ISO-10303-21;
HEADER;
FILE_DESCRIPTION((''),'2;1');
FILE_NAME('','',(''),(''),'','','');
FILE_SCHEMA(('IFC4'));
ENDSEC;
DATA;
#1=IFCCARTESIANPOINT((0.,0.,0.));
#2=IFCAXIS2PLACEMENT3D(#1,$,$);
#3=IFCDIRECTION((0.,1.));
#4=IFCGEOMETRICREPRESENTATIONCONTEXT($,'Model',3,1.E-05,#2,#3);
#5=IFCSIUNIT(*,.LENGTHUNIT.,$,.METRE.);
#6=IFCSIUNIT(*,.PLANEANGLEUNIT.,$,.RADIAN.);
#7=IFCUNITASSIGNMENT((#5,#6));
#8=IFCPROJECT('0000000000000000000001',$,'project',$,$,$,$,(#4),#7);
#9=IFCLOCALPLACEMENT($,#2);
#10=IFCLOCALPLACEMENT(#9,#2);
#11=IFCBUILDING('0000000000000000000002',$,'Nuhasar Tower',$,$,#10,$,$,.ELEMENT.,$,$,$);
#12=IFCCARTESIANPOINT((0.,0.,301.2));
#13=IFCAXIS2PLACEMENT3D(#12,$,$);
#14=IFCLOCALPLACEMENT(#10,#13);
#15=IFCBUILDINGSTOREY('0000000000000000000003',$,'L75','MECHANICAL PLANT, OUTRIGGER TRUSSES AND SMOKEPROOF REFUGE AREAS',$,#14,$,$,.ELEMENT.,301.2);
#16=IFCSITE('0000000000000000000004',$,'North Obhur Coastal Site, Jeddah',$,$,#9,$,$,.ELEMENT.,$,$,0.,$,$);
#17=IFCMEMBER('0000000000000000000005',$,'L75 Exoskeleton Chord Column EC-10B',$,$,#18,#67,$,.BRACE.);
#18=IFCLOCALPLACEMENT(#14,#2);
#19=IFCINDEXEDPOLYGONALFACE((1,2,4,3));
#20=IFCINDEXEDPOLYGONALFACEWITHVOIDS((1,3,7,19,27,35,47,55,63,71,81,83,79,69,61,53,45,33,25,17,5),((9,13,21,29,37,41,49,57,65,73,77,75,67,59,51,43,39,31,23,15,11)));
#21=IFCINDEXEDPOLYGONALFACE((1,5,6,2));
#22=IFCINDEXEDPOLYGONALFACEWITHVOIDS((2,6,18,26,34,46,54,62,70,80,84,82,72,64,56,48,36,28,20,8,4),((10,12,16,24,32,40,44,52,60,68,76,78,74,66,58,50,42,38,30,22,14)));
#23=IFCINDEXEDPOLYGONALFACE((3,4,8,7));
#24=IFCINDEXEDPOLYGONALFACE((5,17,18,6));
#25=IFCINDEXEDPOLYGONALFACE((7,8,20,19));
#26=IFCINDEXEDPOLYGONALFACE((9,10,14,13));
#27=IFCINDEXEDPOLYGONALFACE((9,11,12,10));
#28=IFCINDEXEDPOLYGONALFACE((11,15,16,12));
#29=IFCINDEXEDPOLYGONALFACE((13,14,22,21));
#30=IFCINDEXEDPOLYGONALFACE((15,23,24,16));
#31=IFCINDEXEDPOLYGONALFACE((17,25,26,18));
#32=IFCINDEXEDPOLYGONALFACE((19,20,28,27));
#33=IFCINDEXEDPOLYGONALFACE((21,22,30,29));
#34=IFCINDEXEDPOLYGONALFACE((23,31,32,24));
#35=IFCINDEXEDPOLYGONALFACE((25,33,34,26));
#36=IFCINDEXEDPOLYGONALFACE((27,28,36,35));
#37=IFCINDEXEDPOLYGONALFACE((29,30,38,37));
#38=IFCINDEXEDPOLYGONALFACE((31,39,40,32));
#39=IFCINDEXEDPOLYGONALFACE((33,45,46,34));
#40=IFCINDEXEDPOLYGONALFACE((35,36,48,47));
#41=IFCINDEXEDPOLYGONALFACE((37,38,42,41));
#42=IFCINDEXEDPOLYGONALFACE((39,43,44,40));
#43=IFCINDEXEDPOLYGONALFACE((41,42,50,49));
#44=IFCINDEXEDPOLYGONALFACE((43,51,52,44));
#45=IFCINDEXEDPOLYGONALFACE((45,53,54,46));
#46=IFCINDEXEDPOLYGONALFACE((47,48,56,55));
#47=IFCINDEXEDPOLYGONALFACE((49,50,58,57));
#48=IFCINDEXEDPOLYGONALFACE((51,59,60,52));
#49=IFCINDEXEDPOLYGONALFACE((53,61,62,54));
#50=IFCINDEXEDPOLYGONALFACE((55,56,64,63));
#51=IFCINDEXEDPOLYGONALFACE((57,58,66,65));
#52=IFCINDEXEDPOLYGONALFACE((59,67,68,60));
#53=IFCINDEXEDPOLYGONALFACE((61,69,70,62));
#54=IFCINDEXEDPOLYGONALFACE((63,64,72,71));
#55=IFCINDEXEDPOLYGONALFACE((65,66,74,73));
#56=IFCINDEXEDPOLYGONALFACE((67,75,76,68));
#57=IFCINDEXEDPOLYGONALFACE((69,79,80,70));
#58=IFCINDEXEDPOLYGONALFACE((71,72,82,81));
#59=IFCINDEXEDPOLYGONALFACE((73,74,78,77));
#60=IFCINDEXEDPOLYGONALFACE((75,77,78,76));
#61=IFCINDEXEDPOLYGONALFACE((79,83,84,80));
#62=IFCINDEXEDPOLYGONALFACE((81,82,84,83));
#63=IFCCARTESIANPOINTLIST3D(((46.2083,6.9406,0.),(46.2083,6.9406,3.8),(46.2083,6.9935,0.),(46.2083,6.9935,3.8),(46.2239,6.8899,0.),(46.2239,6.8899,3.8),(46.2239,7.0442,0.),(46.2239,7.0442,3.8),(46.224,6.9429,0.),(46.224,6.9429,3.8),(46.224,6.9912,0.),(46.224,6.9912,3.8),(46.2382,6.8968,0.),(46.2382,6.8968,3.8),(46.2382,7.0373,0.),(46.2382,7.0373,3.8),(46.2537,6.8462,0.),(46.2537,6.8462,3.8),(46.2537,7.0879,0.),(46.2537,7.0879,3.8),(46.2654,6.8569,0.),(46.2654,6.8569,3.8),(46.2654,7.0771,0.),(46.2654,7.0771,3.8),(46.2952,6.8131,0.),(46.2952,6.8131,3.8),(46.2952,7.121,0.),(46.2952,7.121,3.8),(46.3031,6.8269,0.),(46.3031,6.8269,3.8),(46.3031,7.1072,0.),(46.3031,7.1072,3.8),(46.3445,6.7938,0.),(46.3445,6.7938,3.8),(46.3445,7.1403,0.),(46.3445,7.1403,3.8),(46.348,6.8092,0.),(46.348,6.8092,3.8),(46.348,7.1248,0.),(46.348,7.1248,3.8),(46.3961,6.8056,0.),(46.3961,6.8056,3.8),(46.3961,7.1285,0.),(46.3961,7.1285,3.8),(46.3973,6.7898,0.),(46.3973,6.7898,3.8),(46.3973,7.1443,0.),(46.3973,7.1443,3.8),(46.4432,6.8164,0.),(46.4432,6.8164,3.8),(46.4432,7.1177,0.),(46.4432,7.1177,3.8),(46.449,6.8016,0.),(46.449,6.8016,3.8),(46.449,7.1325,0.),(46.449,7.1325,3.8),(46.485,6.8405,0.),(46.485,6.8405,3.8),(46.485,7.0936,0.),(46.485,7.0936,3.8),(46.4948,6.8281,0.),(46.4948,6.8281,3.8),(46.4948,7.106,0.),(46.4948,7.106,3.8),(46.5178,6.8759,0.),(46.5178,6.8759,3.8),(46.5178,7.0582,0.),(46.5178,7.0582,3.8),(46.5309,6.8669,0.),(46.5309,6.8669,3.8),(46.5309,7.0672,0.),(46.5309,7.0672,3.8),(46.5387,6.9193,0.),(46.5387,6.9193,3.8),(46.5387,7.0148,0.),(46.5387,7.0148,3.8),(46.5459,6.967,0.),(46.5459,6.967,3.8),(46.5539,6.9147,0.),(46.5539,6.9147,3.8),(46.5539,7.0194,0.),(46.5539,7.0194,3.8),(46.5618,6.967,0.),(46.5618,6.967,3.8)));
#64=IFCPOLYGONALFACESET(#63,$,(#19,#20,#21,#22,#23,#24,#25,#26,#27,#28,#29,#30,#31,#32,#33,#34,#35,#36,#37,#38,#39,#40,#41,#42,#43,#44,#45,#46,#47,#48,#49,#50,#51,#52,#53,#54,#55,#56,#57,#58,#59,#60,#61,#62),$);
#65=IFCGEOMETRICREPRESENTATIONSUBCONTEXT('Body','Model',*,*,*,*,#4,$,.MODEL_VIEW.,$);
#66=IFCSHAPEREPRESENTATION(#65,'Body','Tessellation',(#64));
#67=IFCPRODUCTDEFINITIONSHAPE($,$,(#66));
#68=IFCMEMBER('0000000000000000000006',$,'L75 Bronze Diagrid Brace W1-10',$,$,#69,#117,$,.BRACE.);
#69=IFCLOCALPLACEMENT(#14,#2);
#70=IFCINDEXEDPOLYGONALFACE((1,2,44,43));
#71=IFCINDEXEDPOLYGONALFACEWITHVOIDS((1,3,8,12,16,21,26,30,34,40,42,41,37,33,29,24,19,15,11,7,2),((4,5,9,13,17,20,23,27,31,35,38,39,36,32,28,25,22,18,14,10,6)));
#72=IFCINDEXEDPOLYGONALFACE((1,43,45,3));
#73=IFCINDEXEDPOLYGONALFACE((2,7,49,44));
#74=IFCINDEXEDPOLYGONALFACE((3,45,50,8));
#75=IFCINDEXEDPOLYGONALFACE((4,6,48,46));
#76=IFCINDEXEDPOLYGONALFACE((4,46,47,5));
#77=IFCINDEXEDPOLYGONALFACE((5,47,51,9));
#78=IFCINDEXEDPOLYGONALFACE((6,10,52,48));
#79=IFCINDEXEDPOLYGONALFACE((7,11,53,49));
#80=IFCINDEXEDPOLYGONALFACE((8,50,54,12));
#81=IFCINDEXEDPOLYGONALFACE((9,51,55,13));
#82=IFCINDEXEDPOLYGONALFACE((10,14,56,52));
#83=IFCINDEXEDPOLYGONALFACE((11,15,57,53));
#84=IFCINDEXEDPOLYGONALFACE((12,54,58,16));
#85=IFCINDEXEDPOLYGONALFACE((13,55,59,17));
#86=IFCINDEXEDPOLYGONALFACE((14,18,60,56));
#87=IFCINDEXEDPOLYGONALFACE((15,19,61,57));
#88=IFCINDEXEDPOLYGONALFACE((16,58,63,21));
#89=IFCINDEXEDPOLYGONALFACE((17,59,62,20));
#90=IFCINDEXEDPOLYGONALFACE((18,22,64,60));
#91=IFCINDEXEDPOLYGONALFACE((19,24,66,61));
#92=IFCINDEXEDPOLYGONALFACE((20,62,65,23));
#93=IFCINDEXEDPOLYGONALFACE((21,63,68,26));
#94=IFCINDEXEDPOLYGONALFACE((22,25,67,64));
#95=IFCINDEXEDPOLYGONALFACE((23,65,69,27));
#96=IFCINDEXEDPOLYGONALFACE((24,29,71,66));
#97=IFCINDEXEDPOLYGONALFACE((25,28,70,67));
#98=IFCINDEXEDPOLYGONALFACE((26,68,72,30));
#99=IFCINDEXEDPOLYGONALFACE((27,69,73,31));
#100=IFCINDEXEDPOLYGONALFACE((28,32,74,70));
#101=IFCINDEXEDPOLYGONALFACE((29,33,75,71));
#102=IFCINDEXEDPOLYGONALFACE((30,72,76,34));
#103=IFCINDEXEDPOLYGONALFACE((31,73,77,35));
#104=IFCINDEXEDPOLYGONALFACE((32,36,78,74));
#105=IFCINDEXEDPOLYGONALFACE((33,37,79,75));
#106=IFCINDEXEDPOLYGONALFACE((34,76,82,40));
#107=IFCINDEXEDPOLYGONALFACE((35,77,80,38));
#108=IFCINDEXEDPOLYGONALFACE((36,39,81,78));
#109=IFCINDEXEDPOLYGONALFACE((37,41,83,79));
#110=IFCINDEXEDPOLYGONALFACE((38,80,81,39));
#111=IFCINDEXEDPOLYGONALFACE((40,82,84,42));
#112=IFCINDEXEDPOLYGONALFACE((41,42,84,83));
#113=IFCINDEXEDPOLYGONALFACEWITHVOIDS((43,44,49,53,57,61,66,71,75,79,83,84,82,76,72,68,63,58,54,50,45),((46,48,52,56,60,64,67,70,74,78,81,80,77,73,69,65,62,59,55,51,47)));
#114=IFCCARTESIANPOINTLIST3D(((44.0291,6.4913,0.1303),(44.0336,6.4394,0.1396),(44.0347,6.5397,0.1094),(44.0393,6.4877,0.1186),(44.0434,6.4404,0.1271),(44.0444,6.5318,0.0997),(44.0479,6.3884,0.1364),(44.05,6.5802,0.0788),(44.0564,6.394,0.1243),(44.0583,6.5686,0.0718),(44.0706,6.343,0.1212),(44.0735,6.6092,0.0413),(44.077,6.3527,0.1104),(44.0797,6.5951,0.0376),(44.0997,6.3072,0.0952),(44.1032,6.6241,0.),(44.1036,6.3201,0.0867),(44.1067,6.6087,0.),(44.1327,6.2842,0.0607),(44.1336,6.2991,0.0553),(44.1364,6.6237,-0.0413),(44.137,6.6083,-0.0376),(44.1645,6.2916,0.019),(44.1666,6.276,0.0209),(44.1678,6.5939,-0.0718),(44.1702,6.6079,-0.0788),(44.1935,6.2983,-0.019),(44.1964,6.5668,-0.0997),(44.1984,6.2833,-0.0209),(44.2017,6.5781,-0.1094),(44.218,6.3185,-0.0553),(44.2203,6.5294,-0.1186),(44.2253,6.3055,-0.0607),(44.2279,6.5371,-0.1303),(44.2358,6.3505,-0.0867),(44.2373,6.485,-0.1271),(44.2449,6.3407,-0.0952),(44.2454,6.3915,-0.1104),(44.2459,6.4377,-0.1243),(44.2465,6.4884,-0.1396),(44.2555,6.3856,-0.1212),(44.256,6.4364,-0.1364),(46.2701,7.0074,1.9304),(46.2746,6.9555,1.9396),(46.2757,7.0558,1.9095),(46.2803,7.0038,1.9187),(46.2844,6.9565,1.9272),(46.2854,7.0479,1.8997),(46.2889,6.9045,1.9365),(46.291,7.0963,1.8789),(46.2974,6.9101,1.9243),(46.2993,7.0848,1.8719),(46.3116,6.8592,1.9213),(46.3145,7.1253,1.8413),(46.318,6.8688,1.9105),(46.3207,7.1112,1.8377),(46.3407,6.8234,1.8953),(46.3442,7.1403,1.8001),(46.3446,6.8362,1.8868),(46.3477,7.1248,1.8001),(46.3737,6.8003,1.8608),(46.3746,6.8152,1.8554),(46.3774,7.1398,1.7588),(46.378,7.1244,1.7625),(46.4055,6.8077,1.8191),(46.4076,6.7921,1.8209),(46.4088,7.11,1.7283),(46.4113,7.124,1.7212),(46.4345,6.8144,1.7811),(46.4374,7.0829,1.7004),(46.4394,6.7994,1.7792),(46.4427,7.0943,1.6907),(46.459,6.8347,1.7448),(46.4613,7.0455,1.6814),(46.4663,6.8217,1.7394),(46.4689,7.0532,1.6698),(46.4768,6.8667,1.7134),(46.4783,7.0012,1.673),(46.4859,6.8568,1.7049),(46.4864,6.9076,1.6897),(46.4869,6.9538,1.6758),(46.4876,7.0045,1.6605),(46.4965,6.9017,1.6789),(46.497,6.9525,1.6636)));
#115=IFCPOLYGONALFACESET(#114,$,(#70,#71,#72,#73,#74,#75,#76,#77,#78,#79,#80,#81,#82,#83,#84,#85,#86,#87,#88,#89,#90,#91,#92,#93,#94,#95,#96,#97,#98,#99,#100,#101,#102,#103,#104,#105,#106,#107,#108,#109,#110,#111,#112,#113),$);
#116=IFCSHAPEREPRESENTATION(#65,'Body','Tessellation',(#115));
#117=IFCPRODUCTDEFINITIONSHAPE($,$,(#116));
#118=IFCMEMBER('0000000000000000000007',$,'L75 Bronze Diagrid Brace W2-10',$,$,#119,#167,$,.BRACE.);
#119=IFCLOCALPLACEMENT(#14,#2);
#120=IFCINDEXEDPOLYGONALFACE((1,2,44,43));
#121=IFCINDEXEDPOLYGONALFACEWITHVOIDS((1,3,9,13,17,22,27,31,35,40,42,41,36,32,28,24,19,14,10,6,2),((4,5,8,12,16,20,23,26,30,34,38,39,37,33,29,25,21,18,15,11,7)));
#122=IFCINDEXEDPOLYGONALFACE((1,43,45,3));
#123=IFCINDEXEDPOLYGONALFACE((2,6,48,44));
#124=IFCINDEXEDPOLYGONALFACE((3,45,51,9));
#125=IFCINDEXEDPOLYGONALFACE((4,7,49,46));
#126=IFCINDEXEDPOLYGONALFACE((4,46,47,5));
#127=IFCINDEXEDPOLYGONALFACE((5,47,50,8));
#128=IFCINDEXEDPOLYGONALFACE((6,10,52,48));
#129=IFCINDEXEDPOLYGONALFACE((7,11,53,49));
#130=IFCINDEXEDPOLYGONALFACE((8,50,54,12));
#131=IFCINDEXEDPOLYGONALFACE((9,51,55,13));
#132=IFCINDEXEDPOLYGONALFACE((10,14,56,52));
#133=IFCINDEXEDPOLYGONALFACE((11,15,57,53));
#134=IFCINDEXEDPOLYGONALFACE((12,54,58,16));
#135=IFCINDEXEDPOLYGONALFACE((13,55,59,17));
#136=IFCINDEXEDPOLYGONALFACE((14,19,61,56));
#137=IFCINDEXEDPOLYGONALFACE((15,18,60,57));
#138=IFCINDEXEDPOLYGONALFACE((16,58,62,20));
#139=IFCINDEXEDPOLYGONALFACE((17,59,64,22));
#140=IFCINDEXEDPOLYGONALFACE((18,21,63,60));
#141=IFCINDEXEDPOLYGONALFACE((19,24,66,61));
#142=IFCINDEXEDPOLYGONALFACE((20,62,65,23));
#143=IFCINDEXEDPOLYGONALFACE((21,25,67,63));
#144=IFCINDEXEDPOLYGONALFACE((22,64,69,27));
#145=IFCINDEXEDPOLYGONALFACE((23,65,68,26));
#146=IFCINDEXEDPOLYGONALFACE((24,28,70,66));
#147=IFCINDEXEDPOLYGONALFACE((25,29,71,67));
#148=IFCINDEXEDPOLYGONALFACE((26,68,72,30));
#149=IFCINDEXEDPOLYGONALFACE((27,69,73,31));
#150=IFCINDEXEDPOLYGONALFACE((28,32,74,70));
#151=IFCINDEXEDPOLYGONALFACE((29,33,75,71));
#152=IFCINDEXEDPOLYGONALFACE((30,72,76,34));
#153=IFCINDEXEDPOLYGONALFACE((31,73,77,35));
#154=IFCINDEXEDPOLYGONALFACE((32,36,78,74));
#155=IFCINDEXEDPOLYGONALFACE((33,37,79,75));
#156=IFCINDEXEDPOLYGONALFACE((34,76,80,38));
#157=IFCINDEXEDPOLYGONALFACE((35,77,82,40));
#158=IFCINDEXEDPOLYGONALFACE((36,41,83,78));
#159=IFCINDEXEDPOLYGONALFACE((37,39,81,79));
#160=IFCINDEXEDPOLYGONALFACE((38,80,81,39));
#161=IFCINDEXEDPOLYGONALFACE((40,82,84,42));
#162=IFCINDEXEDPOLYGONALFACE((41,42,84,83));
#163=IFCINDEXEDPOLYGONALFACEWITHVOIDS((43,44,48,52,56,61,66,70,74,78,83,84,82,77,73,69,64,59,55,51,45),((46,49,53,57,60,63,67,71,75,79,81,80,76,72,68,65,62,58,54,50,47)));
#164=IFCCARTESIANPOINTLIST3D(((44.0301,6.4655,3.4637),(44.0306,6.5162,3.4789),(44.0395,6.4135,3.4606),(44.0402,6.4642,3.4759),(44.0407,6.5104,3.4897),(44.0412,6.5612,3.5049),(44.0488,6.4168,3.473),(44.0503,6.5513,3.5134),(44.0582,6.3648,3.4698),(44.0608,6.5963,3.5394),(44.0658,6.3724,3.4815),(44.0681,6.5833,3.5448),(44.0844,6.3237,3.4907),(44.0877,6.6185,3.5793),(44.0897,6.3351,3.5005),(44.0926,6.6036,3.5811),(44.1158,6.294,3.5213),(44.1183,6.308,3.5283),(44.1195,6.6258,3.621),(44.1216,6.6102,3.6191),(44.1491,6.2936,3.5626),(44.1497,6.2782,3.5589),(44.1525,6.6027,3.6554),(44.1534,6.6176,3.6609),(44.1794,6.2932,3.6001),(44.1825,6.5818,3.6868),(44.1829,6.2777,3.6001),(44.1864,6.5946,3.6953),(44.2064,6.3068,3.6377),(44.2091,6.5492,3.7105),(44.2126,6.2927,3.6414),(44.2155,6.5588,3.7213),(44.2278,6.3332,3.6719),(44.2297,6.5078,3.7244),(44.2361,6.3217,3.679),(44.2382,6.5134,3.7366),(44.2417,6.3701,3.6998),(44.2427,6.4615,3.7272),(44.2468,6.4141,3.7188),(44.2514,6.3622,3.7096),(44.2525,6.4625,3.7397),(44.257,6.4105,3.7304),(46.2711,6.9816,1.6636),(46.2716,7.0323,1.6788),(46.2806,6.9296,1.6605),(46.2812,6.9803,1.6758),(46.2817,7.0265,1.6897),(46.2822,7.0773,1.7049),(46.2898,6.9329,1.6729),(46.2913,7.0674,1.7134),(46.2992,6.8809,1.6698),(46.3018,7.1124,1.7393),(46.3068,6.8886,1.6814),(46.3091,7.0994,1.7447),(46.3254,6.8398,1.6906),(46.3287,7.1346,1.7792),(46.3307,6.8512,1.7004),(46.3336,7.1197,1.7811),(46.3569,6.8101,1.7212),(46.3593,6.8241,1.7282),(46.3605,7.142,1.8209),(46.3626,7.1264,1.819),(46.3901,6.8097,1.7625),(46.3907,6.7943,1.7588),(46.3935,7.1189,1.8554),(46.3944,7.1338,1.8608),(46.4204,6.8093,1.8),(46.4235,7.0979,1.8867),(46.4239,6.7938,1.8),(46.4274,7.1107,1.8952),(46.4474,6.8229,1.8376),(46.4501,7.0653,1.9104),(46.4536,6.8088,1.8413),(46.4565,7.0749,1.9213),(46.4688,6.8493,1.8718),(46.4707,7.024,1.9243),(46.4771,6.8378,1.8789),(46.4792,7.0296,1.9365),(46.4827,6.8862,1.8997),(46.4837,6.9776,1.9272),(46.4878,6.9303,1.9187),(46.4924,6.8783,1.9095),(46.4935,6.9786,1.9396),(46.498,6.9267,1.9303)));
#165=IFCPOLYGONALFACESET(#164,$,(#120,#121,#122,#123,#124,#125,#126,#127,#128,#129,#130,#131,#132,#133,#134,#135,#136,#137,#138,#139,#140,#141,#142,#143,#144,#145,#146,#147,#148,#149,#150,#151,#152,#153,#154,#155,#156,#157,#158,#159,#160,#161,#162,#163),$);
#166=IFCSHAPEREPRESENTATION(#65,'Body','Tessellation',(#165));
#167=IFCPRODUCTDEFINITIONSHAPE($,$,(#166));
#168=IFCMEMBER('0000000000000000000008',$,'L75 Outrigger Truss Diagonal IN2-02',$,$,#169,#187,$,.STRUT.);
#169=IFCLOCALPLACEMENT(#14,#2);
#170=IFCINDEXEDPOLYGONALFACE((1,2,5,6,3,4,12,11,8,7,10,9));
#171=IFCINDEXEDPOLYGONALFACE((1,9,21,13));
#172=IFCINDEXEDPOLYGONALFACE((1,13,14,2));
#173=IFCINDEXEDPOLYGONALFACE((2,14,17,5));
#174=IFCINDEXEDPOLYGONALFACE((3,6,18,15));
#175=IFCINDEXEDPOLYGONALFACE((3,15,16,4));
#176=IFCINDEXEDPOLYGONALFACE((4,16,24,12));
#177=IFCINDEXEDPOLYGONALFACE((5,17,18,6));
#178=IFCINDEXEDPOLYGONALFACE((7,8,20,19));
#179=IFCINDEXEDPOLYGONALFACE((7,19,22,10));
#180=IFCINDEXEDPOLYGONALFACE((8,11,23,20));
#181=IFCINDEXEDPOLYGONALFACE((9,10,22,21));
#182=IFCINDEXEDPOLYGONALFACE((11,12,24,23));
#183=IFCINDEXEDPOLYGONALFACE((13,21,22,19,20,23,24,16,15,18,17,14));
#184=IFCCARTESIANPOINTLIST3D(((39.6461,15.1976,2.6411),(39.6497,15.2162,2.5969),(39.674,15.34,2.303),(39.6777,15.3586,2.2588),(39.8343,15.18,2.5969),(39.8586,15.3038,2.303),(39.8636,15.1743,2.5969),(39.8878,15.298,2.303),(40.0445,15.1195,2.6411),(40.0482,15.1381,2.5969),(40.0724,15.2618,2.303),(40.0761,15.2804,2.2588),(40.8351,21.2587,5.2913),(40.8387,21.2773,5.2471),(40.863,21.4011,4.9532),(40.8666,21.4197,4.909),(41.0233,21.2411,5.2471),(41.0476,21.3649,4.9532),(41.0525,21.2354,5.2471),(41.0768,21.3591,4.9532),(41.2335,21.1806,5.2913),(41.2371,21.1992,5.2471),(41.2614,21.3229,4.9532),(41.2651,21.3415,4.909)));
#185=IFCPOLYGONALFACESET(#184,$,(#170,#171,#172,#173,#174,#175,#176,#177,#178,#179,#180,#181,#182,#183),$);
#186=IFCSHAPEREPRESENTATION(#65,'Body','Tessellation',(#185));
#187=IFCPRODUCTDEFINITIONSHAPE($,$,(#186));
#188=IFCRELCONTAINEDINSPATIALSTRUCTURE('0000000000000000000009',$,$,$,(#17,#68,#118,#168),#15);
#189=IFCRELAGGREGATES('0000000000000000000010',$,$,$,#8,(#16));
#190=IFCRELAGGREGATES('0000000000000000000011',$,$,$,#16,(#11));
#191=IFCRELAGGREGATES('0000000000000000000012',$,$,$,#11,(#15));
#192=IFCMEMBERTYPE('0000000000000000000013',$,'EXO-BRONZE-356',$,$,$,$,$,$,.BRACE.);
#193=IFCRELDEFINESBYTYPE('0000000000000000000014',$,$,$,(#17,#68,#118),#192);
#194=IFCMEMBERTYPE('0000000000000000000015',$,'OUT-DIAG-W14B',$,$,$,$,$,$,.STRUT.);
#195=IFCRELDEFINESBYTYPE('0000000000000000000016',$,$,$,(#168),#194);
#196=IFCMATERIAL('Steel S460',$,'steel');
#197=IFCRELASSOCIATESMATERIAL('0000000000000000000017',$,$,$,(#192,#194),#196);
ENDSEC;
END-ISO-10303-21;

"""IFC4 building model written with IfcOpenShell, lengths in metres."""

from ifc_helpers import new_model, si_unit, direction, frame, origin, origin_2d, place, context, subcontext, project, spatial, hollow_circle, i_section, extrude, material, material_profile, profile_set, type_object, element, save


model = new_model("IFC4")

# Units and contexts
model_context = context("Model", 3, precision=1e-05, world=origin(), true_north=direction((0.0, 1.0)))
body_context = subcontext(model_context, "Body", "Model", "MODEL_VIEW")
ifc_project = project(units=[si_unit("LENGTHUNIT", "METRE"), si_unit("PLANEANGLEUNIT", "RADIAN")], contexts=[model_context])

# Site, building, storey
site_placement = place(None, origin())
site = spatial("IfcSite", under=ifc_project, at=site_placement, Name="North Obhur Coastal Site, Jeddah", CompositionType="ELEMENT", RefElevation=0.0)
building_placement = place(site_placement, origin())
building = spatial("IfcBuilding", under=site, at=building_placement, Name="Nuhasar Tower", CompositionType="ELEMENT")
storey_placement = place(building_placement, frame((0.0, 0.0, 301.2)))
storey = spatial("IfcBuildingStorey", under=building, at=storey_placement, Name="L75", Description="MECHANICAL PLANT, OUTRIGGER TRUSSES AND SMOKEPROOF REFUGE AREAS", CompositionType="ELEMENT", Elevation=301.2)

# Shared definitions
ifc_material_1 = material(Name="Steel S460", Category="steel")

# Members
ifc_material_profile_1 = material_profile(ifc_material_1, hollow_circle(Radius=0.1777, WallThickness=0.0159, at=origin_2d()), Name="HSS355.6X15.9")
ifc_profile_set_1 = profile_set([ifc_material_profile_1], Name="Steel S460")
member_type_1 = type_object("IfcMemberType", Name="EXO-BRONZE-356", PredefinedType="BRACE", material=ifc_profile_set_1)
for number, where, z_axis, x_axis, name in (
    (1, (46.384, 6.967, 0.0), (0.0, 0.0, 1.0), (1.0, 0.0, 0.0), "L75 Exoskeleton Chord Column EC-10B"),
):
    element("IfcMember", number, at=place(storey_placement, frame(where, z_axis=z_axis, x_axis=x_axis)), inside=storey, type_object=member_type_1, Name=name, PredefinedType="BRACE", context=body_context, shape_type="SweptSolid", body=[
        extrude(hollow_circle(Radius=0.1777, WallThickness=0.0159, at=origin_2d()), origin(), (0.0, 0.0, 1.0), 3.8),
    ])
for number, where, z_axis, x_axis, name in (
    (2, (44.1431, 6.4509, 0.0), (0.767361, 0.17673, 0.61638), (-0.224433, 0.97449, 0.0), "L75 Bronze Diagrid Brace W1-10"),
    (3, (46.384, 6.967, 1.8), (-0.767361, -0.17673, 0.61638), (0.224433, -0.97449, 0.0), "L75 Bronze Diagrid Brace W2-10"),
):
    element("IfcMember", number, at=place(storey_placement, frame(where, z_axis=z_axis, x_axis=x_axis)), inside=storey, type_object=member_type_1, Name=name, PredefinedType="BRACE", context=body_context, shape_type="SweptSolid", body=[
        extrude(hollow_circle(Radius=0.1777, WallThickness=0.0159, at=origin_2d()), origin(), (0.0, 0.0, 1.0), 2.9204),
    ])
ifc_material_profile_2 = material_profile(ifc_material_1, i_section(OverallWidth=0.406, OverallDepth=0.416, WebThickness=0.0298, FlangeThickness=0.0481, at=origin_2d()), Name="W14X257")
ifc_profile_set_2 = profile_set([ifc_material_profile_2], Name="Steel S460")
member_type_2 = type_object("IfcMemberType", Name="OUT-DIAG-W14B", PredefinedType="STRUT", material=ifc_profile_set_2)
member_1_placement = place(storey_placement, frame((39.8611, 15.239, 2.45), z_axis=(0.176901, 0.901793, 0.394303), x_axis=(-0.981298, 0.192497, 0.0)))
element("IfcMember", 4, at=member_1_placement, inside=storey, type_object=member_type_2, Name="L75 Outrigger Truss Diagonal IN2-02", PredefinedType="STRUT", context=body_context, shape_type="SweptSolid", body=[
    extrude(i_section(OverallWidth=0.406, OverallDepth=0.416, WebThickness=0.0298, FlangeThickness=0.0481, at=origin_2d()), origin(), (0.0, 0.0, 1.0), 6.7212),
])

save(model, "model.ifc")
